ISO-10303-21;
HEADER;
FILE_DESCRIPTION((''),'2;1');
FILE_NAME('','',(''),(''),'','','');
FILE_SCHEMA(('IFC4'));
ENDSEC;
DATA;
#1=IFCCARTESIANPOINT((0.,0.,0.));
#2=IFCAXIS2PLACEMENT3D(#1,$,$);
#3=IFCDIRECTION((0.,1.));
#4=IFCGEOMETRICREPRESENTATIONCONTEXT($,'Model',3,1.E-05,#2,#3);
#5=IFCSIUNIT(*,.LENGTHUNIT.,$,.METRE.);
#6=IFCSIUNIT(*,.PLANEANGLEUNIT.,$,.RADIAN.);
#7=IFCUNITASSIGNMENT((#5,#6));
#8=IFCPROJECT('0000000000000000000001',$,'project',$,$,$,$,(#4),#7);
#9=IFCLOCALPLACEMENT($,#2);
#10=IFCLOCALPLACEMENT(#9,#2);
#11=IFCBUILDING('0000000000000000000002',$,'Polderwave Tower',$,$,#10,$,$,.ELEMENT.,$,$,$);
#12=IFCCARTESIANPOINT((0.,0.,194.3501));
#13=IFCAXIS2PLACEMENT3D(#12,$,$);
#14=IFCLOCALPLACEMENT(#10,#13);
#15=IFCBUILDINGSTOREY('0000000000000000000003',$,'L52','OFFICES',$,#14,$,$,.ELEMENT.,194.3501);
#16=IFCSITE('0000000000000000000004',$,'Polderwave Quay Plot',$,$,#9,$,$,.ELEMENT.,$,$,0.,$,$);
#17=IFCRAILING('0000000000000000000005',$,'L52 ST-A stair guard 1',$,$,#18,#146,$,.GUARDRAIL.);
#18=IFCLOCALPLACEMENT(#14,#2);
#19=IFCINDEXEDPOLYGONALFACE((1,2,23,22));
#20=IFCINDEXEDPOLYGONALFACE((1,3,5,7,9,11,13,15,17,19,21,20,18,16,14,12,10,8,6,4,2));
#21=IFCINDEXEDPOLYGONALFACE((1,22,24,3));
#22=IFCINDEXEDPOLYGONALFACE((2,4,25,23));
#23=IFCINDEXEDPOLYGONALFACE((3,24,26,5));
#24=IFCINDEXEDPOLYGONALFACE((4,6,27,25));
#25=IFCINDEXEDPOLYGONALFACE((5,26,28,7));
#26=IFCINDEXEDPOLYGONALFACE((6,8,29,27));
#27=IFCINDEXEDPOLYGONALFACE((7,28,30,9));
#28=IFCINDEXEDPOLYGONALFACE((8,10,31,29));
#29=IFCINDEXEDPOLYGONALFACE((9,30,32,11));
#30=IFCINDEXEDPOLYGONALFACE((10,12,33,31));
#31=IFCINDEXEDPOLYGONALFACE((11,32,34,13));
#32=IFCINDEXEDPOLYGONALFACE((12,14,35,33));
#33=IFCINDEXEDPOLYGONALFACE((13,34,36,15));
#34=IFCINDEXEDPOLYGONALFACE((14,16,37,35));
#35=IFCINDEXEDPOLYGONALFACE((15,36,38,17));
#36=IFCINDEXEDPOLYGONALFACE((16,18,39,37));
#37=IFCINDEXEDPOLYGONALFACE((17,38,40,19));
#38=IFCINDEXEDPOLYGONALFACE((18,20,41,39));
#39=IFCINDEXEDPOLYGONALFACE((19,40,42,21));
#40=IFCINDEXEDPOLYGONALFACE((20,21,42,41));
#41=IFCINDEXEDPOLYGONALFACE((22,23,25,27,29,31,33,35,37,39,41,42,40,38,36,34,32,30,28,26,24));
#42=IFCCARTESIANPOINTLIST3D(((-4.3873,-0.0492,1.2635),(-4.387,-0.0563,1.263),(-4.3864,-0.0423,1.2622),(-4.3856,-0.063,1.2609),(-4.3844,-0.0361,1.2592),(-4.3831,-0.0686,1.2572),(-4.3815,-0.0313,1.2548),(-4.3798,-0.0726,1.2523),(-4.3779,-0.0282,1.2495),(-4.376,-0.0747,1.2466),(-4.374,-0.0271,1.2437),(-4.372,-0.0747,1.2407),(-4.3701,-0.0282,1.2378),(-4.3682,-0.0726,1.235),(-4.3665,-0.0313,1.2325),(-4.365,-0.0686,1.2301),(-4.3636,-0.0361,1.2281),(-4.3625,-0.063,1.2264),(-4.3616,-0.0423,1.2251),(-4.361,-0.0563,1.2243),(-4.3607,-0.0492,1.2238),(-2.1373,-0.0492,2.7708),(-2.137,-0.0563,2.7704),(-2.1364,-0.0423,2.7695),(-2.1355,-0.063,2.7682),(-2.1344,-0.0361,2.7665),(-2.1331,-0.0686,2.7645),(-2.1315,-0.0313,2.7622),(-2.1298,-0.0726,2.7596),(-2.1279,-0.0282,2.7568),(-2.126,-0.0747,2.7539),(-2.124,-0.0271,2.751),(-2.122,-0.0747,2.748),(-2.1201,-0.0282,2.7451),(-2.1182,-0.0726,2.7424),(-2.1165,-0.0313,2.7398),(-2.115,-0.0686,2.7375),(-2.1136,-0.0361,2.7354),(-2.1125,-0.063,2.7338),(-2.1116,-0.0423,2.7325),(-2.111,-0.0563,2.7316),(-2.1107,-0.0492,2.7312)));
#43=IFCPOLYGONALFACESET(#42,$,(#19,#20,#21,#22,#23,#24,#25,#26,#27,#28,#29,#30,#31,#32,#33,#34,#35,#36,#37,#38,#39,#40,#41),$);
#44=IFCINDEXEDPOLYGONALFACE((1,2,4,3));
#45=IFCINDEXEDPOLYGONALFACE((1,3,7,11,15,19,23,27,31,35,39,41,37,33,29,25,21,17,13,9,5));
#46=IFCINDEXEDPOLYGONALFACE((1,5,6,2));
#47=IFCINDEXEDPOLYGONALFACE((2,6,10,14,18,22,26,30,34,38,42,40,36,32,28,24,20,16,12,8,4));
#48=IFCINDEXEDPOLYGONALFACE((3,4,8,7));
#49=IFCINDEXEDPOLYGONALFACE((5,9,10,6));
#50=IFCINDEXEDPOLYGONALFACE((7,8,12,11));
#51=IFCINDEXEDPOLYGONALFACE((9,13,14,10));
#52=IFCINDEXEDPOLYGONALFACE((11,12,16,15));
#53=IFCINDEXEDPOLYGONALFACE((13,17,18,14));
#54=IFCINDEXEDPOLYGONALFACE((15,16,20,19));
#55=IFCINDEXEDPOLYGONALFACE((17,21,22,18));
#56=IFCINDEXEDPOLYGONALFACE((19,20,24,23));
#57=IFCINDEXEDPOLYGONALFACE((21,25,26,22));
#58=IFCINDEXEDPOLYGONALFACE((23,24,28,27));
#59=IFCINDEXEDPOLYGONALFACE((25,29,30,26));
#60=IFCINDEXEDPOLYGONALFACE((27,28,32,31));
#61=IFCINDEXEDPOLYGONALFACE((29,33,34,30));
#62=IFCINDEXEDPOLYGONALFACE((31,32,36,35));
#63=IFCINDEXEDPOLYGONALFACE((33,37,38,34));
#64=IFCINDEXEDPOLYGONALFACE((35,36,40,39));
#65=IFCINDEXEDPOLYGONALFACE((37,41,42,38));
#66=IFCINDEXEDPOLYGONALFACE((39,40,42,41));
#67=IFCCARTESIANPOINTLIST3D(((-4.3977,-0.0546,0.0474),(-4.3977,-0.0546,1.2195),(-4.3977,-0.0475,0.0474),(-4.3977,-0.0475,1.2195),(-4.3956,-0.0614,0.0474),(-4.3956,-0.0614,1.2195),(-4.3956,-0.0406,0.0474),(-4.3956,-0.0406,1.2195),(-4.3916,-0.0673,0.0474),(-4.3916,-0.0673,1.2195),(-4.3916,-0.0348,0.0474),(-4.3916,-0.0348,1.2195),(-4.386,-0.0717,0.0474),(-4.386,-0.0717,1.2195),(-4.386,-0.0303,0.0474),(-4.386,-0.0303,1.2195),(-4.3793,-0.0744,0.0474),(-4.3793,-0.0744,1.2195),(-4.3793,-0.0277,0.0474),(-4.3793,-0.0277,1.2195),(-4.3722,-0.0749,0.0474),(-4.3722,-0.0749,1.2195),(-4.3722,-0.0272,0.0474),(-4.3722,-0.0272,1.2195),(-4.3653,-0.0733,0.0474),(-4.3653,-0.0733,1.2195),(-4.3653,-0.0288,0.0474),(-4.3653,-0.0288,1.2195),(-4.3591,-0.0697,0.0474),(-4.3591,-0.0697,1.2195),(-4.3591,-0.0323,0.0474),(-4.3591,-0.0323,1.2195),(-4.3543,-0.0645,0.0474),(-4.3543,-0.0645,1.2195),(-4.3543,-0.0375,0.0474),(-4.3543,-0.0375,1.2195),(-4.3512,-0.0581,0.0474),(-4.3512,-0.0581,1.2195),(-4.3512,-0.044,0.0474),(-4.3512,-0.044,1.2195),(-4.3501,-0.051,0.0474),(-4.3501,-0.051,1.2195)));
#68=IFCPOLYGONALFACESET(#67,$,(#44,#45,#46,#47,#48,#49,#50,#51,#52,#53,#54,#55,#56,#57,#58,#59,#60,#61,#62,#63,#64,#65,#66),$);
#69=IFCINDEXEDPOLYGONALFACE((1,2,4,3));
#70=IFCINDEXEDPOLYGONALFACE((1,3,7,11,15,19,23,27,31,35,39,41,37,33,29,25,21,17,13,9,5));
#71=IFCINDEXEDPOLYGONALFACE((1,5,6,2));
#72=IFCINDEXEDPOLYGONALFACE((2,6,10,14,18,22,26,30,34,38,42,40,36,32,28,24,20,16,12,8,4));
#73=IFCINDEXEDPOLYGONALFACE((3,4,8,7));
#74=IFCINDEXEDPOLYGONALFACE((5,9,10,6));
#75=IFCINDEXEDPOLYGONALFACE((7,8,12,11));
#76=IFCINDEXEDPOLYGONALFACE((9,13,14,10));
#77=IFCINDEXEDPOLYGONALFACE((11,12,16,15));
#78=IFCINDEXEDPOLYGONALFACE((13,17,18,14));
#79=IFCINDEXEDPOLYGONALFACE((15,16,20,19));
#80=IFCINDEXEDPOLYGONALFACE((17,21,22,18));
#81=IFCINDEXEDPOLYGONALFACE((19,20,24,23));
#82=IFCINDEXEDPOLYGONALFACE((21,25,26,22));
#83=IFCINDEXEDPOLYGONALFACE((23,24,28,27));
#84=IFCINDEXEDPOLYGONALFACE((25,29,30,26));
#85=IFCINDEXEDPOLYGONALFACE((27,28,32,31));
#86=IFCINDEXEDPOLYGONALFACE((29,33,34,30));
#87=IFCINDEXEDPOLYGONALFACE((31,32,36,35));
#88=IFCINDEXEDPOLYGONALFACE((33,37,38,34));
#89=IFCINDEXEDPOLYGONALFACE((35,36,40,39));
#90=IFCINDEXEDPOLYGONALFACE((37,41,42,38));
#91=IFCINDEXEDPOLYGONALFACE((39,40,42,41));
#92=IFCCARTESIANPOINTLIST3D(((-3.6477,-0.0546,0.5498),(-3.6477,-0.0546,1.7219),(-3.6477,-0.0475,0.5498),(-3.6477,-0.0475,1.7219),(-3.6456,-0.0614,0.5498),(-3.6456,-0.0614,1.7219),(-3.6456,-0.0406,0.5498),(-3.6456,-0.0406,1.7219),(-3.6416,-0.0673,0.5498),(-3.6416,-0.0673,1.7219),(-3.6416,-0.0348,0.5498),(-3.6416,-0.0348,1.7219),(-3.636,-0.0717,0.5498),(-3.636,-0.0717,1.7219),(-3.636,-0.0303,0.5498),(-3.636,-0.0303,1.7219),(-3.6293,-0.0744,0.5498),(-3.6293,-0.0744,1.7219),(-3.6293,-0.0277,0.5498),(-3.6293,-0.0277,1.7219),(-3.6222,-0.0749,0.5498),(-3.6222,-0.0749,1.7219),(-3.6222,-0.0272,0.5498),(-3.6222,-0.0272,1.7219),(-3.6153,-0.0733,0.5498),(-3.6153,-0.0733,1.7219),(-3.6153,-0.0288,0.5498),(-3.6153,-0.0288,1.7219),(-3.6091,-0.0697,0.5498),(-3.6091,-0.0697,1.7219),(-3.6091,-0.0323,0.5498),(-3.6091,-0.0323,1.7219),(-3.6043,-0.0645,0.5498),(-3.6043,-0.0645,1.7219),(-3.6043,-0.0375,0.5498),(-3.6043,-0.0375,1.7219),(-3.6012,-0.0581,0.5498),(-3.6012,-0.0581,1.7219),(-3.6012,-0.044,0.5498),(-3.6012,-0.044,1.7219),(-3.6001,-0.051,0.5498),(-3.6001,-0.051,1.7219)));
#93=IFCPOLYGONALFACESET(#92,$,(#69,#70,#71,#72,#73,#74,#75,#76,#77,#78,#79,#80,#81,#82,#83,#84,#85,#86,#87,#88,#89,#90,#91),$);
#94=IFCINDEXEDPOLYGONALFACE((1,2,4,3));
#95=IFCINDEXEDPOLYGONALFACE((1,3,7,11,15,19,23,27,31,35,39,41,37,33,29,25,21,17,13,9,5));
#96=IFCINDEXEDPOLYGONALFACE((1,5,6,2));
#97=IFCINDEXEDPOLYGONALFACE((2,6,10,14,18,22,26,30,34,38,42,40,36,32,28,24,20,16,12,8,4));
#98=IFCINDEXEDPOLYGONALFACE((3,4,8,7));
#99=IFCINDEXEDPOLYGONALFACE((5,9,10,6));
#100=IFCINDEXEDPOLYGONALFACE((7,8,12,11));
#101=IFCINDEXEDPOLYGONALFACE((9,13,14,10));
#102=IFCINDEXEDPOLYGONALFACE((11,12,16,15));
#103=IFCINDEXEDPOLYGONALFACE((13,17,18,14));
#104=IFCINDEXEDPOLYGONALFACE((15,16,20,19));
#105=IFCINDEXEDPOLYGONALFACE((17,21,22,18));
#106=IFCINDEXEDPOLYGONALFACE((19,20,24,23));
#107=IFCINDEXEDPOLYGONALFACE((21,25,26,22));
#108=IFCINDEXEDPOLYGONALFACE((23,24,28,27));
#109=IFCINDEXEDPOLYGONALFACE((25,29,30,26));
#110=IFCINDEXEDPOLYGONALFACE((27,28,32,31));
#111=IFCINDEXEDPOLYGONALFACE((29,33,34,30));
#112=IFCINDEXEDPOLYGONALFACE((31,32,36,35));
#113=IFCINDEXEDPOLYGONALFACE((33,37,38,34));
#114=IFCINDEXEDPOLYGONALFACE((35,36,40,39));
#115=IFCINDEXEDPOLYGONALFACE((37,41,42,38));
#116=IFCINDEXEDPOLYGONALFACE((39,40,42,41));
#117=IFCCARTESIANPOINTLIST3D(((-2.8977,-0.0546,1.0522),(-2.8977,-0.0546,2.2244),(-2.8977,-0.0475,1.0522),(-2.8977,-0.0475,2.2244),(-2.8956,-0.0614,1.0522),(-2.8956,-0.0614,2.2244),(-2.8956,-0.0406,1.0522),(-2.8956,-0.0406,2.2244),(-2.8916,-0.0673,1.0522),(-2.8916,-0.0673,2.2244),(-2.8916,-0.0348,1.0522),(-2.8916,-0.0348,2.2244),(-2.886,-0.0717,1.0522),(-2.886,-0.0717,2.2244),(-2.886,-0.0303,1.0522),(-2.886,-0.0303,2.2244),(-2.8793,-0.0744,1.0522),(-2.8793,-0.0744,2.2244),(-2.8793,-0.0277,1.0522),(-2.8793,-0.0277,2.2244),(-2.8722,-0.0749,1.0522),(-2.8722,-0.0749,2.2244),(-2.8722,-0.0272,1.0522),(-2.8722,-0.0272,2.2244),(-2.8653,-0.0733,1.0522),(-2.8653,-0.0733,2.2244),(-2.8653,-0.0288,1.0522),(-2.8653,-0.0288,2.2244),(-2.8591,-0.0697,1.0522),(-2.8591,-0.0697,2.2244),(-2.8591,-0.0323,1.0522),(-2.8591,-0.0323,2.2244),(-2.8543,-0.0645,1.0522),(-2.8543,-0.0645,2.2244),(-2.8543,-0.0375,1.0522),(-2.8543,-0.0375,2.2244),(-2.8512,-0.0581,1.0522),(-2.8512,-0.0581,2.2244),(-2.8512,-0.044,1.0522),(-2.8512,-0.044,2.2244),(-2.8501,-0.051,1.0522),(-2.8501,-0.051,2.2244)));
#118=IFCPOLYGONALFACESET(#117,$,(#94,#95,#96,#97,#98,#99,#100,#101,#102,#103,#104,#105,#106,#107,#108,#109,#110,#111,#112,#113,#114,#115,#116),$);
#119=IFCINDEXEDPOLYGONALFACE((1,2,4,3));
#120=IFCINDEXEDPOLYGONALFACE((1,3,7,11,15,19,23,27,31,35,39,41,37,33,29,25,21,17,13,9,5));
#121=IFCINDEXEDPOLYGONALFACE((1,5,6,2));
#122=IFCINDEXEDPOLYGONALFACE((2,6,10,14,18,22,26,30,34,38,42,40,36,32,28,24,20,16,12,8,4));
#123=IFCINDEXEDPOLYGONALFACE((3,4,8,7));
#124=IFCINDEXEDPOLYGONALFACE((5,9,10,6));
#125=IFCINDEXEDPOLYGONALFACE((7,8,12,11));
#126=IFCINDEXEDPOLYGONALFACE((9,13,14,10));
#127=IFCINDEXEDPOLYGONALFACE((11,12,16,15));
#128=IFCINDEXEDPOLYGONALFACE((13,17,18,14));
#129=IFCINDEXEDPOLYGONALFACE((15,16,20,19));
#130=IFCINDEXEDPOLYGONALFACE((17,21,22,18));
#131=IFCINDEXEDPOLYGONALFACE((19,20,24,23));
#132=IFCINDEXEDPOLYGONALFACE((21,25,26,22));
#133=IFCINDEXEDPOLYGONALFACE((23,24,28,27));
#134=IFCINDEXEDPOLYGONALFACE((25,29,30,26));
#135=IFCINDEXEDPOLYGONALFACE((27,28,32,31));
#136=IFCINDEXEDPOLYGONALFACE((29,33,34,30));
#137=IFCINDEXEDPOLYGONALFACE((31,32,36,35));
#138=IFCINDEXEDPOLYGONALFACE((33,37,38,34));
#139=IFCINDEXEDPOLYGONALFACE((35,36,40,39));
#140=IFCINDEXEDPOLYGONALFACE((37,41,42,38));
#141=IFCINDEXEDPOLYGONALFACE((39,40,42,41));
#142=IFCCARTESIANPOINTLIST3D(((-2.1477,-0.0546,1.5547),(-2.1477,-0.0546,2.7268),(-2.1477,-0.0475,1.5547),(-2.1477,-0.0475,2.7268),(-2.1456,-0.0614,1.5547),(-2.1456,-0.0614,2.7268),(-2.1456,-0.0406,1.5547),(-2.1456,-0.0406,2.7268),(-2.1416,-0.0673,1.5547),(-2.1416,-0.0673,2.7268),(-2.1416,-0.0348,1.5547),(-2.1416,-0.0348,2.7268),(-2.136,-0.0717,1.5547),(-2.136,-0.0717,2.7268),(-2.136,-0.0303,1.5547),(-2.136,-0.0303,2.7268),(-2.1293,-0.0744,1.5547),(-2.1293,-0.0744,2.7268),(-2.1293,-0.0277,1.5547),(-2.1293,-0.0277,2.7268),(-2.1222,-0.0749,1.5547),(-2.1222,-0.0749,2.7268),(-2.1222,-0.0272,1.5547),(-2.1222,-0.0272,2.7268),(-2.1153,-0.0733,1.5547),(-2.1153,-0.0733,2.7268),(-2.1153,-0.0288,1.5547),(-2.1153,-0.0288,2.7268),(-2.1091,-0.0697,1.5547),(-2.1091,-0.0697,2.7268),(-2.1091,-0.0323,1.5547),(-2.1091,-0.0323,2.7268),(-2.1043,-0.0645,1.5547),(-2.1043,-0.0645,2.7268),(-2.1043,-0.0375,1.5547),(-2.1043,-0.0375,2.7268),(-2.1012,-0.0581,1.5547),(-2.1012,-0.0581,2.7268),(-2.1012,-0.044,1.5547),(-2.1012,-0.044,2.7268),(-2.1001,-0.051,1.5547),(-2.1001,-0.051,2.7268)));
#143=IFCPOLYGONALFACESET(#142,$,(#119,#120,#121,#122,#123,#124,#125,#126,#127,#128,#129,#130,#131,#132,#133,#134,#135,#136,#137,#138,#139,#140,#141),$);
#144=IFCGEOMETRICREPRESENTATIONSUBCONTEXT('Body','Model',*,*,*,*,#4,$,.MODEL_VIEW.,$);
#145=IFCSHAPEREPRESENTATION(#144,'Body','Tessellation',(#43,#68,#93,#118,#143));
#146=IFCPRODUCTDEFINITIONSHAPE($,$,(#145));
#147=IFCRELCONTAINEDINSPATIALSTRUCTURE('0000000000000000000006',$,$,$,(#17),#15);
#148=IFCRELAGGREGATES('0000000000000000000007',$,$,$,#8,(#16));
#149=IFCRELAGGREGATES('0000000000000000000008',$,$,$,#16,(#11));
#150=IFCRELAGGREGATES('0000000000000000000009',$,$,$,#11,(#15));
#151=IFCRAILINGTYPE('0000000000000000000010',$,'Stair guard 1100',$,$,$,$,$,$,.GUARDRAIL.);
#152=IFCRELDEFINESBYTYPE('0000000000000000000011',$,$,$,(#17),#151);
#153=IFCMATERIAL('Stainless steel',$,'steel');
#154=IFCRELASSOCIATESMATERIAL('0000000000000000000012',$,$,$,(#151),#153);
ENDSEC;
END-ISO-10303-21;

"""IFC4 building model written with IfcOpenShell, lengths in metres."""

from ifc_helpers import new_model, si_unit, direction, frame, origin, origin_2d, place, context, subcontext, project, spatial, circle, extrude, material, type_object, element, save


model = new_model("IFC4")

# Units and contexts
model_context = context("Model", 3, precision=1e-05, world=origin(), true_north=direction((0.0, 1.0)))
body_context = subcontext(model_context, "Body", "Model", "MODEL_VIEW")
ifc_project = project(units=[si_unit("LENGTHUNIT", "METRE"), si_unit("PLANEANGLEUNIT", "RADIAN")], contexts=[model_context])

# Site, building, storey
site_placement = place(None, origin())
site = spatial("IfcSite", under=ifc_project, at=site_placement, Name="Polderwave Quay Plot", CompositionType="ELEMENT", RefElevation=0.0)
building_placement = place(site_placement, origin())
building = spatial("IfcBuilding", under=site, at=building_placement, Name="Polderwave Tower", CompositionType="ELEMENT")
storey_placement = place(building_placement, frame((0.0, 0.0, 194.3501)))
storey = spatial("IfcBuildingStorey", under=building, at=storey_placement, Name="L52", Description="OFFICES", CompositionType="ELEMENT", Elevation=194.3501)

# Railing
ifc_material_1 = material(Name="Stainless steel", Category="steel")
railing_type_1 = type_object("IfcRailingType", Name="Stair guard 1100", PredefinedType="GUARDRAIL", material=ifc_material_1)
railing_1_placement = place(storey_placement, frame((-4.374, -0.051, 0.0474)))
element("IfcRailing", 1, at=railing_1_placement, inside=storey, type_object=railing_type_1, Name="L52 ST-A stair guard 1", PredefinedType="GUARDRAIL", context=body_context, shape_type="SweptSolid", body=[
    extrude(circle(Radius=0.0239, at=origin_2d()), frame((0.0, 0.0, 1.1963), z_axis=(0.8308, 0.0, 0.556571), x_axis=(0.0, 1.0, 0.0)), (0.0, 0.0, 1.0), 2.7083),
    extrude(circle(Radius=0.0239, at=origin_2d()), origin(), (0.0, 0.0, 1.0), 1.1721),
    extrude(circle(Radius=0.0239, at=origin_2d()), frame((0.75, 0.0, 0.5024)), (0.0, 0.0, 1.0), 1.1721),
    extrude(circle(Radius=0.0239, at=origin_2d()), frame((1.5, 0.0, 1.0049)), (0.0, 0.0, 1.0), 1.1721),
    extrude(circle(Radius=0.0239, at=origin_2d()), frame((2.25, 0.0, 1.5073)), (0.0, 0.0, 1.0), 1.1721),
])

save(model, "model.ifc")
